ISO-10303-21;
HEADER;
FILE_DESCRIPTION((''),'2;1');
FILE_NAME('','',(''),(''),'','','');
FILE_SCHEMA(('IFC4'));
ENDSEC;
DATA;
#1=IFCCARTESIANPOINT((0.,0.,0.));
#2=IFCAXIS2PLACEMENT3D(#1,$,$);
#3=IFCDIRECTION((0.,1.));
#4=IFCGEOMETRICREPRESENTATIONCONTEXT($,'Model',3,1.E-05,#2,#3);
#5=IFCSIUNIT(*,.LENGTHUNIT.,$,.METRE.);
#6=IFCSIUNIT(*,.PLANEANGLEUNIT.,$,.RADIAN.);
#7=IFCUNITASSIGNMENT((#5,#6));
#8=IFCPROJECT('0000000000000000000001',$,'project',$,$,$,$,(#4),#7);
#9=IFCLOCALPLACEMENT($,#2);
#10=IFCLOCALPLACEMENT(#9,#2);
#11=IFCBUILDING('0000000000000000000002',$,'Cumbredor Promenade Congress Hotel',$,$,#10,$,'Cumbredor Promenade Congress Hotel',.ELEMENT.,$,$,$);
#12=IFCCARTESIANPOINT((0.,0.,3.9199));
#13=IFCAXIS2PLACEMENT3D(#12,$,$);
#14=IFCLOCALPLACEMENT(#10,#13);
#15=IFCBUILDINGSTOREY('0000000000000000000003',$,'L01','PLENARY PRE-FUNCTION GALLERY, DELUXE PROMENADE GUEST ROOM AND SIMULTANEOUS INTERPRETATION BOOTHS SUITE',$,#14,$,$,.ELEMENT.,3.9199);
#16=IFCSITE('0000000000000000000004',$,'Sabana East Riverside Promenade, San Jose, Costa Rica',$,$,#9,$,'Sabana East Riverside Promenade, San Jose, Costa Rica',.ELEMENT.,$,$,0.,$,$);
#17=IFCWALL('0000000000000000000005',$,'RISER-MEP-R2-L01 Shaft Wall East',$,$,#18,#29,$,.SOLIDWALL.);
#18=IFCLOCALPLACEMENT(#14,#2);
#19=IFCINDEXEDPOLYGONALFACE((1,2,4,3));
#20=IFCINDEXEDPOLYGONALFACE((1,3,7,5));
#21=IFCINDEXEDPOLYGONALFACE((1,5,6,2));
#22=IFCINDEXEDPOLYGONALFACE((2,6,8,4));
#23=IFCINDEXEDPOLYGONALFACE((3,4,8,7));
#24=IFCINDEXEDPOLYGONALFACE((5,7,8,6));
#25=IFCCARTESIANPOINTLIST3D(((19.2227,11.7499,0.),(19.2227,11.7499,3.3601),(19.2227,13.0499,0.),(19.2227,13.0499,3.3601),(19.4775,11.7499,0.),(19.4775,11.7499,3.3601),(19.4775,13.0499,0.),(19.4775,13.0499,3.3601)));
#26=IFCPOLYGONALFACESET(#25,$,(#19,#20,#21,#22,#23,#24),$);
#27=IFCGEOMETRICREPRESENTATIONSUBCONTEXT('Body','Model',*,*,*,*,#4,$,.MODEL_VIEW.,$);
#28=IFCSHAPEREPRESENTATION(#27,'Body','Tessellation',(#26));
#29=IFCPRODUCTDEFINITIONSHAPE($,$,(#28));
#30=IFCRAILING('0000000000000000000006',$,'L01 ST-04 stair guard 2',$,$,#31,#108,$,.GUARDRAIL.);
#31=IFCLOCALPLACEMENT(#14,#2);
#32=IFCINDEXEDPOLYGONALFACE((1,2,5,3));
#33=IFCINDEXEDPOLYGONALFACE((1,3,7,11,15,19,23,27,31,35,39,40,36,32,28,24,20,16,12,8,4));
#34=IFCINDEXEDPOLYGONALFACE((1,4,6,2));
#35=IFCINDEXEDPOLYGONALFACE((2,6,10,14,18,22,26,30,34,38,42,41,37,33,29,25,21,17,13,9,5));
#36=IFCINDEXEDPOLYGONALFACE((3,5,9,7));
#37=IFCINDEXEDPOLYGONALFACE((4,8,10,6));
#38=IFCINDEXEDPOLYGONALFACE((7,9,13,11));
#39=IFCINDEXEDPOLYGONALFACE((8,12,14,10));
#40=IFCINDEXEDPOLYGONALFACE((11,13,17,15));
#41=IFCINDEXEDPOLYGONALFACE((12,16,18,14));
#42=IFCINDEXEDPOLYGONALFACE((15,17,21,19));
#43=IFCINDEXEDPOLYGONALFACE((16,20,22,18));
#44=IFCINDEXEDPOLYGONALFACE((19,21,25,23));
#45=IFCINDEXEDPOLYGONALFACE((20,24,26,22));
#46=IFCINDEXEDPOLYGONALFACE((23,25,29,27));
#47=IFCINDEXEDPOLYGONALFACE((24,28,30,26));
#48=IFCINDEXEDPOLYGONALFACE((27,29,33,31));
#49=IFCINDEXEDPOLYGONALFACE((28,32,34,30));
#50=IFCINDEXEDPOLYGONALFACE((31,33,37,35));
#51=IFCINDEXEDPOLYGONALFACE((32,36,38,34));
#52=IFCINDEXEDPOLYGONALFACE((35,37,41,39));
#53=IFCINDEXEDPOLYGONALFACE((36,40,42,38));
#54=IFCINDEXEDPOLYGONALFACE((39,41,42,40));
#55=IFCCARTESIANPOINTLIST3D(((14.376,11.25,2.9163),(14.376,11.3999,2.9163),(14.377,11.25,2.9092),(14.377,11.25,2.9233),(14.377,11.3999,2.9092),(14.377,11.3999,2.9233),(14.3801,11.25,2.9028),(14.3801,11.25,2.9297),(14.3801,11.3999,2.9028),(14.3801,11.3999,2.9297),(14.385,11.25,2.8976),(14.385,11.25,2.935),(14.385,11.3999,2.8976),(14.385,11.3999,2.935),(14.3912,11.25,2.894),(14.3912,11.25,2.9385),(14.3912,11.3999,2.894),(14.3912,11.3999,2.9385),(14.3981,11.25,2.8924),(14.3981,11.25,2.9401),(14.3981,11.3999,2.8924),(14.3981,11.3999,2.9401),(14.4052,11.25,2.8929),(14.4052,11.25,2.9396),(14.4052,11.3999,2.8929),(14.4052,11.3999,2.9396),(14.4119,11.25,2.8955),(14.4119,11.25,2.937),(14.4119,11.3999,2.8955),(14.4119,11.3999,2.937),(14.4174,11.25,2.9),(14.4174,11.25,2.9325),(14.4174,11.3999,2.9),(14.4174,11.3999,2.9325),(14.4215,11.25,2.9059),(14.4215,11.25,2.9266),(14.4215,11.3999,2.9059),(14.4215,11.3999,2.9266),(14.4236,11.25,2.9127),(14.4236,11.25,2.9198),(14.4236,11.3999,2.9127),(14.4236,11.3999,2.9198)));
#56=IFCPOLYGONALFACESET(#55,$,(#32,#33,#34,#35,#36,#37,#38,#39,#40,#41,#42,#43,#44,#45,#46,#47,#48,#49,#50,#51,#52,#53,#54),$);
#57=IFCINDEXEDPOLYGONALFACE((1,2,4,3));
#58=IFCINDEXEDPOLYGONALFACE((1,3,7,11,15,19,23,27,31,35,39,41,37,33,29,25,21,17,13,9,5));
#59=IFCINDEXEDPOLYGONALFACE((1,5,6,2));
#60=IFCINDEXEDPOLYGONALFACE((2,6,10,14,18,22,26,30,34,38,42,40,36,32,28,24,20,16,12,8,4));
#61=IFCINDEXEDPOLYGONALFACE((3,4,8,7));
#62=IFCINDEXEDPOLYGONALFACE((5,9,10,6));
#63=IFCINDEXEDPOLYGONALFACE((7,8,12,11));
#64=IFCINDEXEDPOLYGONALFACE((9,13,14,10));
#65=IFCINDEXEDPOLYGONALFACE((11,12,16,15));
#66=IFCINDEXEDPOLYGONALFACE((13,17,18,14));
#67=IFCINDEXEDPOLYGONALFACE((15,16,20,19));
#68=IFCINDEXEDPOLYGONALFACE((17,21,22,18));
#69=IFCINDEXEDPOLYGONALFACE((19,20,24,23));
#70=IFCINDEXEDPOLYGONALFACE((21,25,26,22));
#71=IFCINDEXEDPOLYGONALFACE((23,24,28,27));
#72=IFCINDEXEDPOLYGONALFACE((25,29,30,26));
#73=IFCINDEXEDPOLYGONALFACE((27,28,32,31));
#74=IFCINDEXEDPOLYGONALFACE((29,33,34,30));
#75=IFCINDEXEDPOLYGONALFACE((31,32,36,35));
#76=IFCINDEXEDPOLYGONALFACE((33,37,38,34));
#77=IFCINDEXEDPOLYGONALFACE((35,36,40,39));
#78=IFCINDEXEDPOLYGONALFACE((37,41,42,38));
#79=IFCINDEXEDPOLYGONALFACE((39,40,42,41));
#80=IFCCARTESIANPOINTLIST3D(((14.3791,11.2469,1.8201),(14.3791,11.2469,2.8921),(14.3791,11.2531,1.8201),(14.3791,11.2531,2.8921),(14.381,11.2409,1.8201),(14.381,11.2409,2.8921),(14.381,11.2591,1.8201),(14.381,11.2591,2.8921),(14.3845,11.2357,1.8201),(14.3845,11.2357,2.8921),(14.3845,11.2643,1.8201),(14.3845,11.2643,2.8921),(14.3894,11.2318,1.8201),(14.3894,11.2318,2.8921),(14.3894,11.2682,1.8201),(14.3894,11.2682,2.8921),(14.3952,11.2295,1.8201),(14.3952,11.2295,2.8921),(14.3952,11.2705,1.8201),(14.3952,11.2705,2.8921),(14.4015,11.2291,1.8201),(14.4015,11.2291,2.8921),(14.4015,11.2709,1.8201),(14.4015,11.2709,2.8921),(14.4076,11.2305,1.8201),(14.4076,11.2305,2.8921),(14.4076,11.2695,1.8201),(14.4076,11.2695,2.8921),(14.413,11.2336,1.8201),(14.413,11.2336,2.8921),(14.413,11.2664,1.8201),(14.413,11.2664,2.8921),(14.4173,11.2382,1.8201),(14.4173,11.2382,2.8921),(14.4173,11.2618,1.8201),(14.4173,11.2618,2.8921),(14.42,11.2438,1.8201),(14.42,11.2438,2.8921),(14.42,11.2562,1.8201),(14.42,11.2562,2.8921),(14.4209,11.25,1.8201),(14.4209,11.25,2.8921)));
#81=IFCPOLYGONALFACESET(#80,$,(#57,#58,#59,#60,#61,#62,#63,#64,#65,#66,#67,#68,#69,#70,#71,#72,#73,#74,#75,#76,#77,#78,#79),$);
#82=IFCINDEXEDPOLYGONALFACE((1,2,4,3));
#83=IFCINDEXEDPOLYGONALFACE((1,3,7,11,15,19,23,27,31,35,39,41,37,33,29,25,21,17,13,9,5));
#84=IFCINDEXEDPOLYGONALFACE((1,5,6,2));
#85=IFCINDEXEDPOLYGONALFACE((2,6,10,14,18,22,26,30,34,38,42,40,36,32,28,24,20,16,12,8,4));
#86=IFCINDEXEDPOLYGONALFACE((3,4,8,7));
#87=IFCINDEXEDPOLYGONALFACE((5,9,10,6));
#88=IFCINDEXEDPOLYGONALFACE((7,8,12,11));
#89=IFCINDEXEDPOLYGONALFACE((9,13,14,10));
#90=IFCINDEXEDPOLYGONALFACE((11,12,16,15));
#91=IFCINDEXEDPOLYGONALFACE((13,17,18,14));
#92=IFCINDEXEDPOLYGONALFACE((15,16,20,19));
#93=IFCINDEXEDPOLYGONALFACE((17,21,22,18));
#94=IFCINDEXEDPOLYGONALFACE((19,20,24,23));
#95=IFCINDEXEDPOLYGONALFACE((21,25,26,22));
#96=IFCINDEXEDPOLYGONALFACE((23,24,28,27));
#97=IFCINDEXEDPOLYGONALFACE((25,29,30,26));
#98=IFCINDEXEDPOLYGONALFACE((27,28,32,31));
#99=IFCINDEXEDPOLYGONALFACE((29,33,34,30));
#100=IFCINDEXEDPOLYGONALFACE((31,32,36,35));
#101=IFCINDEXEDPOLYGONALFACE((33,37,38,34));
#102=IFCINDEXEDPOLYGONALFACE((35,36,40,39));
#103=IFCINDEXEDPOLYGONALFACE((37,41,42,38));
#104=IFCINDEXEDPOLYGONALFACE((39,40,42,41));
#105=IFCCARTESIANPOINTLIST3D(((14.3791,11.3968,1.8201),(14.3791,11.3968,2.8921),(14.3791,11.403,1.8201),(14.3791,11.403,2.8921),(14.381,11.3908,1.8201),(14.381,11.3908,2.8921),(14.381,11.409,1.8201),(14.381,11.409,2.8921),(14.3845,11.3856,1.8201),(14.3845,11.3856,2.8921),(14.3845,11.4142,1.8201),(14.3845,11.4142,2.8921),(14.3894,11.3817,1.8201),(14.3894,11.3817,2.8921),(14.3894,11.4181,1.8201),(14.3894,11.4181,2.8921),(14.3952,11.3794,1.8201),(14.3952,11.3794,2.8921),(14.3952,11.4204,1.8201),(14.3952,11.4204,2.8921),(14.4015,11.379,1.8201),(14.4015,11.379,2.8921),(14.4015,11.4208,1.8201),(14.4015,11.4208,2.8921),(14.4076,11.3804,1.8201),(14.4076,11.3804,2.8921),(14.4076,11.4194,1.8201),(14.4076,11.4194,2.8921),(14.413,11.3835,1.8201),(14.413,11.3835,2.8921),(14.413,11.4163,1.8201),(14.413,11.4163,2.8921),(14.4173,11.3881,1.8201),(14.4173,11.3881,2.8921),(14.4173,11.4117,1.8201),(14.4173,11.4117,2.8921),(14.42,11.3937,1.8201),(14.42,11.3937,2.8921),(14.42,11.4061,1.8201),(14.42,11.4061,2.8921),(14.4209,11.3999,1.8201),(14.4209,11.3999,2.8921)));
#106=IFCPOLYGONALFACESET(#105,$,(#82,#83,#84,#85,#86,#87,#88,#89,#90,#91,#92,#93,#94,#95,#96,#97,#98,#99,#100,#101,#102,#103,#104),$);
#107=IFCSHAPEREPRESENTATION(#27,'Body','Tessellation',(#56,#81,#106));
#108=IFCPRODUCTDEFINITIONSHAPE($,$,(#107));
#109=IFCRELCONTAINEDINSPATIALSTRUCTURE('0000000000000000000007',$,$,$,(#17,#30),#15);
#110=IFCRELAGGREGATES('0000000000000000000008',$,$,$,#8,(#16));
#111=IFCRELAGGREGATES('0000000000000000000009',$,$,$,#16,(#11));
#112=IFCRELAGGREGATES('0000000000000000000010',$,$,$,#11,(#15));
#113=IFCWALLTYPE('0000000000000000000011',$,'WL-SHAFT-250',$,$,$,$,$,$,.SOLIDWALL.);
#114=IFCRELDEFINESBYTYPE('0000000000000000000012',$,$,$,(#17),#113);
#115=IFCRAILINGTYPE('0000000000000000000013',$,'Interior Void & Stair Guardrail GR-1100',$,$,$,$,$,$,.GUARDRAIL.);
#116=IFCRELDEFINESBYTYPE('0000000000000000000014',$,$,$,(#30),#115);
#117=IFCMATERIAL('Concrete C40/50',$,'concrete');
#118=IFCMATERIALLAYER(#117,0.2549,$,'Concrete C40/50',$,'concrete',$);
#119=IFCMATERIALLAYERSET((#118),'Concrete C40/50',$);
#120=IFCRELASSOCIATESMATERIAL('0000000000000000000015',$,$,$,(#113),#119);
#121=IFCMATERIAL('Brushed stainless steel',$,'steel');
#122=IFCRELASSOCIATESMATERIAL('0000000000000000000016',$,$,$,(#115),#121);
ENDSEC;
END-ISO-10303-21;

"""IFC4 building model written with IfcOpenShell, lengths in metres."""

from ifc_helpers import new_model, si_unit, direction, frame, frame_2d, origin, origin_2d, place, context, subcontext, project, spatial, rectangle, circle, extrude, material, layer, layer_set, type_object, element, save


model = new_model("IFC4")

# Units and contexts
model_context = context("Model", 3, precision=1e-05, world=origin(), true_north=direction((0.0, 1.0)))
body_context = subcontext(model_context, "Body", "Model", "MODEL_VIEW")
ifc_project = project(units=[si_unit("LENGTHUNIT", "METRE"), si_unit("PLANEANGLEUNIT", "RADIAN")], contexts=[model_context])

# Site, building, storey
site_placement = place(None, origin())
site = spatial("IfcSite", under=ifc_project, at=site_placement, Name="Sabana East Riverside Promenade, San Jose, Costa Rica", LongName="Sabana East Riverside Promenade, San Jose, Costa Rica", CompositionType="ELEMENT", RefElevation=0.0)
building_placement = place(site_placement, origin())
building = spatial("IfcBuilding", under=site, at=building_placement, Name="Cumbredor Promenade Congress Hotel", LongName="Cumbredor Promenade Congress Hotel", CompositionType="ELEMENT")
storey_placement = place(building_placement, frame((0.0, 0.0, 3.9199)))
storey = spatial("IfcBuildingStorey", under=building, at=storey_placement, Name="L01", Description="PLENARY PRE-FUNCTION GALLERY, DELUXE PROMENADE GUEST ROOM AND SIMULTANEOUS INTERPRETATION BOOTHS SUITE", CompositionType="ELEMENT", Elevation=3.9199)

# Shared definitions
ifc_material_1 = material(Name="Concrete C40/50", Category="concrete")

# Shared definitions
ifc_layer = layer(ifc_material_1, 0.2549, Name="Concrete C40/50", Category="concrete")
ifc_layer_set = layer_set([ifc_layer], Name="Concrete C40/50")
wall_type = type_object("IfcWallType", Name="WL-SHAFT-250", PredefinedType="SOLIDWALL", material=ifc_layer_set)
ifc_material_2 = material(Name="Brushed stainless steel", Category="steel")

# Wall
for number, where, z_axis, x_axis, name in (
    (1, (19.3501, 11.75, 0.0), (0.0, 0.0, 1.0), (0.0, 1.0, 0.0), "RISER-MEP-R2-L01 Shaft Wall East"),
):
    element("IfcWall", number, at=place(storey_placement, frame(where, z_axis=z_axis, x_axis=x_axis)), inside=storey, type_object=wall_type, Name=name, PredefinedType="SOLIDWALL", context=body_context, shape_type="SweptSolid", body=[
        extrude(rectangle(XDim=1.3, YDim=0.2549, at=frame_2d((0.6499, 0.0))), origin(), (0.0, 0.0, 1.0), 3.3601),
    ])

# Railing
railing_type_1 = type_object("IfcRailingType", Name="Interior Void & Stair Guardrail GR-1100", PredefinedType="GUARDRAIL", material=ifc_material_2)
railing_1_placement = place(storey_placement, frame((14.3999, 11.25, 1.8201)))
element("IfcRailing", 2, at=railing_1_placement, inside=storey, type_object=railing_type_1, Name="L01 ST-04 stair guard 2", PredefinedType="GUARDRAIL", context=body_context, shape_type="SweptSolid", body=[
    extrude(circle(Radius=0.0239, at=origin_2d()), frame((0.0, 0.0, 1.0962), z_axis=(0.0, 1.0, 0.0), x_axis=(-1.0, 0.0, 0.0)), (0.0, 0.0, 1.0), 0.1499),
    extrude(circle(Radius=0.021, at=origin_2d()), origin(), (0.0, 0.0, 1.0), 1.072),
    extrude(circle(Radius=0.021, at=origin_2d()), frame((0.0, 0.1499, 0.0)), (0.0, 0.0, 1.0), 1.072),
])

save(model, "model.ifc")
